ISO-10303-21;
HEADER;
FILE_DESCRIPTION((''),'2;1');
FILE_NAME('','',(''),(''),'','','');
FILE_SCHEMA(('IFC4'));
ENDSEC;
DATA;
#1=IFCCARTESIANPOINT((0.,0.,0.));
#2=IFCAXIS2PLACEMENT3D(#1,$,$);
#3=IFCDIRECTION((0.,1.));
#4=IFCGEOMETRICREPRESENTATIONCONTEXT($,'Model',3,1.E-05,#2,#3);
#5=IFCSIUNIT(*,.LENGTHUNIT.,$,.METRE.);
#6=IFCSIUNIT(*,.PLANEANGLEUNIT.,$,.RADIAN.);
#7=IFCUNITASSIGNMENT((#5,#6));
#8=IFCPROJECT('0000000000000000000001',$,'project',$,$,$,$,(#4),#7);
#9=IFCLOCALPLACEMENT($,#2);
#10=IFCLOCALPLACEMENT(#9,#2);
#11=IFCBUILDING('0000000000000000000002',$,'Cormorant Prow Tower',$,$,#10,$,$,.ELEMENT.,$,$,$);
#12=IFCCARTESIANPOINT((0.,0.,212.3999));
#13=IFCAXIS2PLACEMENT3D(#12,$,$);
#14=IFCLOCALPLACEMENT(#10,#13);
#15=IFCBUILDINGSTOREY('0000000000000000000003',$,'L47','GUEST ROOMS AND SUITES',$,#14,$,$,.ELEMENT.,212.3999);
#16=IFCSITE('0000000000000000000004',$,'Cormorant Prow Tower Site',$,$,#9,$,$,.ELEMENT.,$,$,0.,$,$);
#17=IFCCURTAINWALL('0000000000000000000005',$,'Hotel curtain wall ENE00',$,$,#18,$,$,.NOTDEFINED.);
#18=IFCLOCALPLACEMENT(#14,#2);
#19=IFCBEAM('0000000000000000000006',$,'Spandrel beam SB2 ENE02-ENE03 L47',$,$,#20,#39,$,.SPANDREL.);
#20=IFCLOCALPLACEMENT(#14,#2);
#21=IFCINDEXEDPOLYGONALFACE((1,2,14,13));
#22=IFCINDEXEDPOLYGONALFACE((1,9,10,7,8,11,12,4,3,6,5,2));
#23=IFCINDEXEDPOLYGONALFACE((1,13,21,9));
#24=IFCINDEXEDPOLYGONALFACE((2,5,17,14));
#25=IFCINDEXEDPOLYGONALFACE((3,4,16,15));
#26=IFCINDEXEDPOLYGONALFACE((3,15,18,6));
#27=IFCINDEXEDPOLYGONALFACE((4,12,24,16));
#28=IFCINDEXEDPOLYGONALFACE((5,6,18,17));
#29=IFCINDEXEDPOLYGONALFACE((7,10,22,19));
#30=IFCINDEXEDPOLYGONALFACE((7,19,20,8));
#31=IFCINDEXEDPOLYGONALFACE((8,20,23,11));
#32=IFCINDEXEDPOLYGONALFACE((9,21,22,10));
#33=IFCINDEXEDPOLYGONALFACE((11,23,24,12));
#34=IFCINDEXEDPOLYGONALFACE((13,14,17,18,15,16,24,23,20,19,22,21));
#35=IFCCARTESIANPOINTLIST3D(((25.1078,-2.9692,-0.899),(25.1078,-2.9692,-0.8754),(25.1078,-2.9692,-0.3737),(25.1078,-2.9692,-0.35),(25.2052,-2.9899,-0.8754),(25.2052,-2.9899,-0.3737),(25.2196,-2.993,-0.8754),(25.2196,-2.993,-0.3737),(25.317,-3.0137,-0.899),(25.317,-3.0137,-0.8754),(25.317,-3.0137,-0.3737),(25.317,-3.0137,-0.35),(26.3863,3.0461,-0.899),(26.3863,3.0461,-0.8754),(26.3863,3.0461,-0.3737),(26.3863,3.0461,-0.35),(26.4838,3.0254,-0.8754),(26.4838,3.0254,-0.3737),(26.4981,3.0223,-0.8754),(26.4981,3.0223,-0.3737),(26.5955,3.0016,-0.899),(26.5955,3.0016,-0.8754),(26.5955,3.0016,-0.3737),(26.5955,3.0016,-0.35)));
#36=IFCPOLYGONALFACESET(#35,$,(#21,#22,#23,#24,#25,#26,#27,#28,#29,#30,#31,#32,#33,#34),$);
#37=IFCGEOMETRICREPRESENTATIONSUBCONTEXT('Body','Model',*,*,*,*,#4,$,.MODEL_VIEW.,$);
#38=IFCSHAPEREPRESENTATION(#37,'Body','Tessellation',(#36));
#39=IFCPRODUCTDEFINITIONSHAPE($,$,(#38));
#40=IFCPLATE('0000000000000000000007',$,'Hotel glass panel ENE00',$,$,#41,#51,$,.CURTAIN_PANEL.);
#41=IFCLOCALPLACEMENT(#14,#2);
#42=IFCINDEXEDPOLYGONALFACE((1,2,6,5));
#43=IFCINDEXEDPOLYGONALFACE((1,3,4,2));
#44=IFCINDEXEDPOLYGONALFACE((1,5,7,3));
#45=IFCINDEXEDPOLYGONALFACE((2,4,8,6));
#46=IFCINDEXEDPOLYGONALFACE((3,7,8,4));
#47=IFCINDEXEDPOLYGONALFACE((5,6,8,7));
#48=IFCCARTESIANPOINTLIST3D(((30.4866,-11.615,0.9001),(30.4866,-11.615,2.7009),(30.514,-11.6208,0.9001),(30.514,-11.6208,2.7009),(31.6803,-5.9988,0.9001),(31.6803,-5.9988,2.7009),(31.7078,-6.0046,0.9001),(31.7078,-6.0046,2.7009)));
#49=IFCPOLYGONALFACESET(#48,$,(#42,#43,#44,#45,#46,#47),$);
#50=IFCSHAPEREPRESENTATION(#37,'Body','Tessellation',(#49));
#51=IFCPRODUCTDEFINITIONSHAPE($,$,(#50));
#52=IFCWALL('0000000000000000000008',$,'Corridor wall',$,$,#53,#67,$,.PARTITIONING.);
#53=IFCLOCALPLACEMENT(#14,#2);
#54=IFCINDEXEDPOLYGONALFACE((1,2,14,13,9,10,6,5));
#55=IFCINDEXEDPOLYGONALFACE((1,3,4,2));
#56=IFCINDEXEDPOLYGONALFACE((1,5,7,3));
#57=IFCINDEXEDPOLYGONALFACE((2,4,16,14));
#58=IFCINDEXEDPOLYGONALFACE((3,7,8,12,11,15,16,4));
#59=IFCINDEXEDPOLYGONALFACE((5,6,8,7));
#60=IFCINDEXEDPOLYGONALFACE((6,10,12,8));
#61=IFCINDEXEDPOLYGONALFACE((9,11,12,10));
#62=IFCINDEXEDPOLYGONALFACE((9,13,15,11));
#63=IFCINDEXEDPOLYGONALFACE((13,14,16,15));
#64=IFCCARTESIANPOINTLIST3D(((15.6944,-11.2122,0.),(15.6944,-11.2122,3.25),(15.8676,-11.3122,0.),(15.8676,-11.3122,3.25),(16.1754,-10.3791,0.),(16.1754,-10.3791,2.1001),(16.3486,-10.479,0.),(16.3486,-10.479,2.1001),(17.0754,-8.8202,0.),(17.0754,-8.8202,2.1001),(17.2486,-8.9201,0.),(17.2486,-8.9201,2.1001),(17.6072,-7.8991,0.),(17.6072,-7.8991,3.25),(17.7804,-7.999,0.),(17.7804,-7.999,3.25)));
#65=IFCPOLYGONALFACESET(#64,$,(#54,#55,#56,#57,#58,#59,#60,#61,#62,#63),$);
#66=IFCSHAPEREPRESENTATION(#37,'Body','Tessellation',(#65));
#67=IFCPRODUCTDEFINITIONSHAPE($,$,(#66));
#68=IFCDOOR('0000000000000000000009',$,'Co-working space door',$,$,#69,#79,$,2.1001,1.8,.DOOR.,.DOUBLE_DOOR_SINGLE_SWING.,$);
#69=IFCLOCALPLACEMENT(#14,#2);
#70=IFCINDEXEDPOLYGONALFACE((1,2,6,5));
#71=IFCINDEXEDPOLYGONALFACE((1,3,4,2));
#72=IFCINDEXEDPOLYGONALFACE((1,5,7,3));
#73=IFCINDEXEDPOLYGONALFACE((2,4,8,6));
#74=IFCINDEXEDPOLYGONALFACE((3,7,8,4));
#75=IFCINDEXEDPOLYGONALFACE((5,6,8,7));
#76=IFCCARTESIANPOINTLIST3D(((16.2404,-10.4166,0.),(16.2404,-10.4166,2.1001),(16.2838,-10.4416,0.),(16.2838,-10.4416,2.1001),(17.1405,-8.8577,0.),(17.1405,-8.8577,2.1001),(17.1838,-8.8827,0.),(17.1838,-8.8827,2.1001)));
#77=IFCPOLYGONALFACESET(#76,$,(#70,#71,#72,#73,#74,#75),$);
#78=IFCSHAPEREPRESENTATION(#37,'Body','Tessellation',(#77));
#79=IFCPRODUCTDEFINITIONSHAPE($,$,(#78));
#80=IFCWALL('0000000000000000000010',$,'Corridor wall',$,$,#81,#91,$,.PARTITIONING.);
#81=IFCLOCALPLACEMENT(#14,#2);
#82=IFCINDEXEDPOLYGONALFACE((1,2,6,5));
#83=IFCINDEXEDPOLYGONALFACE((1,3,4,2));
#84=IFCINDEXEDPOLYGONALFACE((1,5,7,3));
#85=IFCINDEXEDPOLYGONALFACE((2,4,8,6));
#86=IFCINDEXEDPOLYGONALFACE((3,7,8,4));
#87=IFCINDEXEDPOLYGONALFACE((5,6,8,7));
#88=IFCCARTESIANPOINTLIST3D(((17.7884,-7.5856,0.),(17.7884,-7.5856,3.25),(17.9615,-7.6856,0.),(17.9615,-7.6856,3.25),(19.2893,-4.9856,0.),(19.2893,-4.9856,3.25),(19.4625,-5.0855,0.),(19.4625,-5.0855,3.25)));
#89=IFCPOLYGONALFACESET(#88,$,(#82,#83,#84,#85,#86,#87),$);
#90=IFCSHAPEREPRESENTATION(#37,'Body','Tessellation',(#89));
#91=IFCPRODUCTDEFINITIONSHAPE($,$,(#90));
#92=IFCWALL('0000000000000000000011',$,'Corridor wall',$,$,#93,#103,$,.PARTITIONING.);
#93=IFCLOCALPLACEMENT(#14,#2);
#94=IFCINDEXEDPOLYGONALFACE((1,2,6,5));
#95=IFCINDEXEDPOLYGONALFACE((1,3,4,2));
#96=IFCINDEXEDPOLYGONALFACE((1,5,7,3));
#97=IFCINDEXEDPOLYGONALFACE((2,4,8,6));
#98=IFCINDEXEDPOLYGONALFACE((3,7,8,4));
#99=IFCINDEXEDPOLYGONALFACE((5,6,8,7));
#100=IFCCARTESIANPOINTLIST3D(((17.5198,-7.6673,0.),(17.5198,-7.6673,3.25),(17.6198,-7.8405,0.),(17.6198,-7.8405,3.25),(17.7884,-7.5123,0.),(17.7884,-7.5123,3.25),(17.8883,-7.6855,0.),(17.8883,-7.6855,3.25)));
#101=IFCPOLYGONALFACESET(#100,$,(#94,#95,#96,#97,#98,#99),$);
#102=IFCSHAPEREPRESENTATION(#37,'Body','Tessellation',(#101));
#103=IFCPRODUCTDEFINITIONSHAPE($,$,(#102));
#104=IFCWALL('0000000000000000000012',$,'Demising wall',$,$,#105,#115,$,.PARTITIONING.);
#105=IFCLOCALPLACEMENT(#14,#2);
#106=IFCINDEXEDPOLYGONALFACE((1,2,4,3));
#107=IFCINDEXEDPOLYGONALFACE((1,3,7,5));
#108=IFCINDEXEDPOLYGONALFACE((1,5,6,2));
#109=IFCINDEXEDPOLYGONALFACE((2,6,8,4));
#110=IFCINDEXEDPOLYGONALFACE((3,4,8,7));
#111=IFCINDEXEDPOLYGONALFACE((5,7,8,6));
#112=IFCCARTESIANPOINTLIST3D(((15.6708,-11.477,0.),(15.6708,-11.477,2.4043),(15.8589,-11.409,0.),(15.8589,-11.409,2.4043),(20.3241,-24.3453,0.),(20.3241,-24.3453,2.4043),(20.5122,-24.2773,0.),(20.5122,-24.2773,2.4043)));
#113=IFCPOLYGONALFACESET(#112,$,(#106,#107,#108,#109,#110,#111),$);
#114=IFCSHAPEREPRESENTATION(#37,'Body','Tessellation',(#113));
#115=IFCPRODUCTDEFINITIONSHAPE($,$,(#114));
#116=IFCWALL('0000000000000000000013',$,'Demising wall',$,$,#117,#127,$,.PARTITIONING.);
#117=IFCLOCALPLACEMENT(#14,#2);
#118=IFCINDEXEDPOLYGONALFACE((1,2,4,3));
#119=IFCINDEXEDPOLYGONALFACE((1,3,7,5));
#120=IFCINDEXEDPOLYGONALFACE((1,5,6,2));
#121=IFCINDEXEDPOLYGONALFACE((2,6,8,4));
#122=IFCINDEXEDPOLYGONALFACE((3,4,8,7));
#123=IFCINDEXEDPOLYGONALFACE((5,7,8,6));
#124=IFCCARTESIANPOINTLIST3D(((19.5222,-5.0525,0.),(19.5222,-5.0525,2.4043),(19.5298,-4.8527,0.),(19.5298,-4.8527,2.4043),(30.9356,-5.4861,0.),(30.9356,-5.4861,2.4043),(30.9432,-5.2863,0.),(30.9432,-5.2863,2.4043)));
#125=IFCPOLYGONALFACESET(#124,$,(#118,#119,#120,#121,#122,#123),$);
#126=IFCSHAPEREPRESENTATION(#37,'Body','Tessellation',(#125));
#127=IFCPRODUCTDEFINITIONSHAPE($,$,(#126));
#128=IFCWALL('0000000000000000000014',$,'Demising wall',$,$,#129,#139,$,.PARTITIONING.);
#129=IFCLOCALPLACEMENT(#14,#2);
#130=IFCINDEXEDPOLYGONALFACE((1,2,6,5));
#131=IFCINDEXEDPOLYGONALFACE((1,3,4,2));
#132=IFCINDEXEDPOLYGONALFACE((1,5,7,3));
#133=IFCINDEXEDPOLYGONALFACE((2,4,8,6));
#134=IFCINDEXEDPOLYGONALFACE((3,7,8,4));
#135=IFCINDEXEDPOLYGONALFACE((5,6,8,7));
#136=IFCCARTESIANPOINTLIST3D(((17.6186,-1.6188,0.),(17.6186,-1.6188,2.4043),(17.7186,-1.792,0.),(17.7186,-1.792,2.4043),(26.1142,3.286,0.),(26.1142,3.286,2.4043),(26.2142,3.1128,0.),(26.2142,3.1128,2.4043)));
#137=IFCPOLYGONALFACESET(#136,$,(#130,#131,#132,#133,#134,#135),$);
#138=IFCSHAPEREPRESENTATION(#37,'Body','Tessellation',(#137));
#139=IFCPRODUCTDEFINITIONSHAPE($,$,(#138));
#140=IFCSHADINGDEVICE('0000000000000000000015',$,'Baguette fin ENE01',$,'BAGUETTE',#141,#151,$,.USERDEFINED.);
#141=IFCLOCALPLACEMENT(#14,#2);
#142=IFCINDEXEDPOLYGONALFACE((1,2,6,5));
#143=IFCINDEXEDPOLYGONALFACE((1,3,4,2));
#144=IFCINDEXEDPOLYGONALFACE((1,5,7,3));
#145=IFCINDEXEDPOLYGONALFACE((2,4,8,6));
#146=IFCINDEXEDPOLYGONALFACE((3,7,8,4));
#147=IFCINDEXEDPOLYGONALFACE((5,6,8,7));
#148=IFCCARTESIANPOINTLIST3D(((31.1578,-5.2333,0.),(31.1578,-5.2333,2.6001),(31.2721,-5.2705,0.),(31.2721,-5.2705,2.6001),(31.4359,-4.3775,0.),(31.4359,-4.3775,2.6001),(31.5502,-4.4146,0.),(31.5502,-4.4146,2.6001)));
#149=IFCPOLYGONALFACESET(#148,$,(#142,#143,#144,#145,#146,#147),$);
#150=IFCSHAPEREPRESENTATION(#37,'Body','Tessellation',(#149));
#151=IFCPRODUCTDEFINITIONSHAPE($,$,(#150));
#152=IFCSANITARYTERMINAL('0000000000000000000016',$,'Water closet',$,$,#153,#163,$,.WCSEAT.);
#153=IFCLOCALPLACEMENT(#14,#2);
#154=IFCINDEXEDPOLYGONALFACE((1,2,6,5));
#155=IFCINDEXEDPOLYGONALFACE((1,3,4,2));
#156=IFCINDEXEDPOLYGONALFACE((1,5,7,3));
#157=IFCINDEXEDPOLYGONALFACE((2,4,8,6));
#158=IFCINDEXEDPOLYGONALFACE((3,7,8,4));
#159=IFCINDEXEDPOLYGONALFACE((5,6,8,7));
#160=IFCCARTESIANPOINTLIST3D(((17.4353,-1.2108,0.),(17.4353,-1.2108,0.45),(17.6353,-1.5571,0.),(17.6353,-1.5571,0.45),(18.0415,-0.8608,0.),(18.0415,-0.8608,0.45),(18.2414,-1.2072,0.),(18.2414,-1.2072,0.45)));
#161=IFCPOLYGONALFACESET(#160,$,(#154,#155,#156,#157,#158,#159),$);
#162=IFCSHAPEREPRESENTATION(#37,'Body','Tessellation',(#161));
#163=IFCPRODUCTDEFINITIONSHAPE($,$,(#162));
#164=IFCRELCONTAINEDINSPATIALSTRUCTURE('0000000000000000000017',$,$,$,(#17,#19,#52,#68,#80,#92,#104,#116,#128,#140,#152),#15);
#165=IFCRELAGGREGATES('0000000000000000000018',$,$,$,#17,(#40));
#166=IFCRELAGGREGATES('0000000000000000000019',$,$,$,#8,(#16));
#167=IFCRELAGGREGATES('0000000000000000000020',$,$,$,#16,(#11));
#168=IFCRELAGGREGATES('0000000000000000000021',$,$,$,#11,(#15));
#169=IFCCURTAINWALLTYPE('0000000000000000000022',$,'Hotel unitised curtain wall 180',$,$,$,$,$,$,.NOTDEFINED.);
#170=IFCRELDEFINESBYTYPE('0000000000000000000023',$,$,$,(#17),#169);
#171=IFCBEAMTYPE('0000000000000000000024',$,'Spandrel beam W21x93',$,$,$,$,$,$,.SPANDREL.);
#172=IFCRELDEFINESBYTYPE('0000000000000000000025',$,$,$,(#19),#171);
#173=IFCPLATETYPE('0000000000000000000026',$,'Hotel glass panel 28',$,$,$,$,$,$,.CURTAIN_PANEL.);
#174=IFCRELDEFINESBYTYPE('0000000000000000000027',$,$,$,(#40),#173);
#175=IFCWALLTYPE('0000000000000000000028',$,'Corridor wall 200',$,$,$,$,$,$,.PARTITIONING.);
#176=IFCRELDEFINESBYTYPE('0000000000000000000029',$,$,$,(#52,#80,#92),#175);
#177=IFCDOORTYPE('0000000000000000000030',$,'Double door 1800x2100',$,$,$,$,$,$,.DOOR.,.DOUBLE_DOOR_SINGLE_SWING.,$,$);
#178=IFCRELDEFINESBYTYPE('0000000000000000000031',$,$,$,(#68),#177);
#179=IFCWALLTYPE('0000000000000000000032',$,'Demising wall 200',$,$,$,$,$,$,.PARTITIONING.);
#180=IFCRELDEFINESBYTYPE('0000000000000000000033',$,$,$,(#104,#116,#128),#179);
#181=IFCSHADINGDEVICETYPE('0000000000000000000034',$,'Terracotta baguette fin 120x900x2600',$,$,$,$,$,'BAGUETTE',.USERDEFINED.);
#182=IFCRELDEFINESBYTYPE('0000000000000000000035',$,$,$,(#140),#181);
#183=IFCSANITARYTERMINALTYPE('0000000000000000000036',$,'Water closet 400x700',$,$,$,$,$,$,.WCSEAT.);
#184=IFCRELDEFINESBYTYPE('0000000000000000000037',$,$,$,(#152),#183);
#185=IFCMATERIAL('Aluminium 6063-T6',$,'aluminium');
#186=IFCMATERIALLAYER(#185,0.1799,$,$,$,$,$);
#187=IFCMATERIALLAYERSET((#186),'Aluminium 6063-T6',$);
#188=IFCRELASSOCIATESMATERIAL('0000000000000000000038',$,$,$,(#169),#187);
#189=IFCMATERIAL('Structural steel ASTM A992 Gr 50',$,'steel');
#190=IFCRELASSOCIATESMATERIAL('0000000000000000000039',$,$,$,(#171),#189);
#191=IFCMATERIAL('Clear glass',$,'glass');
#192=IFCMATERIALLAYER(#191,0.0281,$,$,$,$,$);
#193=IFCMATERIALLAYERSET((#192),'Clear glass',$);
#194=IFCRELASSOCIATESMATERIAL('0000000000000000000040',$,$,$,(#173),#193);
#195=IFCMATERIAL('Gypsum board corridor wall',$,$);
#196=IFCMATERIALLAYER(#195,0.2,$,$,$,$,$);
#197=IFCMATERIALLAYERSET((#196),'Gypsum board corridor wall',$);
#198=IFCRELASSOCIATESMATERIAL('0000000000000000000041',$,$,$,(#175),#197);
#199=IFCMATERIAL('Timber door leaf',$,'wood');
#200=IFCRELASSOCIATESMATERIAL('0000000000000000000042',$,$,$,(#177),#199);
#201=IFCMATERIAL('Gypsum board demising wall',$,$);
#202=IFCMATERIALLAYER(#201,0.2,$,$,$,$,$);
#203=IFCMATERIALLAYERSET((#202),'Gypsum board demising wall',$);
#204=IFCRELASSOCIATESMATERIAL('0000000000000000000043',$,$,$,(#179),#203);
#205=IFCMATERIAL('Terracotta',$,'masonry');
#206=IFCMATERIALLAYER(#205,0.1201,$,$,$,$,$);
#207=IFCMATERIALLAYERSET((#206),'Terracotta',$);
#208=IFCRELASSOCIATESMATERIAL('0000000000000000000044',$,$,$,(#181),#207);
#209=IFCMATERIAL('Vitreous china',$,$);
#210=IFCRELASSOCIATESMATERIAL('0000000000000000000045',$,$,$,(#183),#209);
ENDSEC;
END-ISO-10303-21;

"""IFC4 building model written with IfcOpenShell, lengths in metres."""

from ifc_helpers import new_model, si_unit, direction, frame, frame_2d, origin, origin_2d, place, context, subcontext, project, spatial, rectangle, i_section, extrude, material, layer, layer_set, material_profile, profile_set, type_object, element, fill, aggregate, save


model = new_model("IFC4")

# Units and contexts
model_context = context("Model", 3, precision=1e-05, world=origin(), true_north=direction((0.0, 1.0)))
body_context = subcontext(model_context, "Body", "Model", "MODEL_VIEW")
ifc_project = project(units=[si_unit("LENGTHUNIT", "METRE"), si_unit("PLANEANGLEUNIT", "RADIAN")], contexts=[model_context])

# Site, building, storey
site_placement = place(None, origin())
site = spatial("IfcSite", under=ifc_project, at=site_placement, Name="Cormorant Prow Tower Site", CompositionType="ELEMENT", RefElevation=0.0)
building_placement = place(site_placement, origin())
building = spatial("IfcBuilding", under=site, at=building_placement, Name="Cormorant Prow Tower", CompositionType="ELEMENT")
storey_placement = place(building_placement, frame((0.0, 0.0, 212.3999)))
storey = spatial("IfcBuildingStorey", under=building, at=storey_placement, Name="L47", Description="GUEST ROOMS AND SUITES", CompositionType="ELEMENT", Elevation=212.3999)

# Curtain wall
ifc_material_1 = material(Name="Aluminium 6063-T6", Category="aluminium")
ifc_layer_1 = layer(ifc_material_1, 0.1799)
ifc_layer_set_1 = layer_set([ifc_layer_1], Name="Aluminium 6063-T6")
curtain_wall_type = type_object("IfcCurtainWallType", Name="Hotel unitised curtain wall 180", PredefinedType="NOTDEFINED", material=ifc_layer_set_1)
curtain_wall_1_placement = place(storey_placement, origin())
curtain_wall_1 = element("IfcCurtainWall", 1, at=curtain_wall_1_placement, inside=storey, type_object=curtain_wall_type, Name="Hotel curtain wall ENE00", PredefinedType="NOTDEFINED")

# Beam
ifc_material_2 = material(Name="Structural steel ASTM A992 Gr 50", Category="steel")
ifc_material_profile_1 = material_profile(ifc_material_2, i_section(OverallWidth=0.2139, OverallDepth=0.5491, WebThickness=0.0146, FlangeThickness=0.0237, at=origin_2d()), Name="W21x93")
ifc_profile_set_1 = profile_set([ifc_material_profile_1], Name="Structural steel ASTM A992 Gr 50")
beam_type_1 = type_object("IfcBeamType", Name="Spandrel beam W21x93", PredefinedType="SPANDREL", material=ifc_profile_set_1)
beam_1_placement = place(storey_placement, frame((25.2124, -2.9915, -0.6245), z_axis=(0.207905, 0.978149, 0.0), x_axis=(-0.978149, 0.207905, 0.0)))
element("IfcBeam", 2, at=beam_1_placement, inside=storey, type_object=beam_type_1, Name="Spandrel beam SB2 ENE02-ENE03 L47", PredefinedType="SPANDREL", context=body_context, shape_type="SweptSolid", body=[
    extrude(i_section(OverallWidth=0.2139, OverallDepth=0.5491, WebThickness=0.0146, FlangeThickness=0.0237, at=origin_2d()), origin(), (0.0, 0.0, 1.0), 6.1497),
])

# Plate
ifc_material_3 = material(Name="Clear glass", Category="glass")
ifc_layer_2 = layer(ifc_material_3, 0.0281)
ifc_layer_set_2 = layer_set([ifc_layer_2], Name="Clear glass")
plate_type = type_object("IfcPlateType", Name="Hotel glass panel 28", PredefinedType="CURTAIN_PANEL", material=ifc_layer_set_2)
plate_placement = place(storey_placement, frame((31.0972, -8.8098, 0.9001), z_axis=(0.0, 0.0, 1.0), x_axis=(0.207912, 0.978148, 0.0)))
plate = element("IfcPlate", 3, at=plate_placement, type_object=plate_type, Name="Hotel glass panel ENE00", PredefinedType="CURTAIN_PANEL", context=body_context, shape_type="SweptSolid", body=[
    extrude(rectangle(XDim=5.7417, YDim=0.0281, at=origin_2d()), origin(), (0.0, 0.0, 1.0), 1.8008),
])
aggregate(curtain_wall_1, [plate])

# Wall, opening, door
ifc_material_4 = material(Name="Gypsum board corridor wall")
ifc_layer_3 = layer(ifc_material_4, 0.2)
ifc_layer_set_3 = layer_set([ifc_layer_3], Name="Gypsum board corridor wall")
wall_type_1 = type_object("IfcWallType", Name="Corridor wall 200", PredefinedType="PARTITIONING", material=ifc_layer_set_3)
wall_1_placement = place(storey_placement, frame((15.781, -11.2622, 0.0), z_axis=(0.0, 0.0, 1.0), x_axis=(0.499989, 0.866031, 0.0)))
wall_1 = element("IfcWall", 4, at=wall_1_placement, inside=storey, type_object=wall_type_1, Name="Corridor wall", PredefinedType="PARTITIONING", context=body_context, shape_type="SweptSolid", body=[
    extrude(rectangle(XDim=3.8257, YDim=0.2, at=frame_2d((1.9128, 0.0))), origin(), (0.0, 0.0, 1.0), 3.25),
])
opening_1_placement = place(wall_1_placement, frame((0.9622, 0.0, 0.0)))
opening_1 = element("IfcOpeningElement", 5, at=opening_1_placement, cuts=wall_1, PredefinedType="OPENING", context=body_context, shape_type="SweptSolid", body=[
    extrude(rectangle(XDim=1.8, YDim=2.1001, at=frame_2d((0.8999, 1.05))), frame((0.0, 0.1099, 0.0), z_axis=(0.0, -1.0, 0.0), x_axis=(1.0, 0.0, 0.0)), (0.0, 0.0, 1.0), 0.22),
])
ifc_material_5 = material(Name="Timber door leaf", Category="wood")
door_type_1 = type_object("IfcDoorType", Name="Double door 1800x2100", OperationType="DOUBLE_DOOR_SINGLE_SWING", PredefinedType="DOOR", material=ifc_material_5)
door_1_placement = place(opening_1_placement, origin())
door_1 = element("IfcDoor", 6, at=door_1_placement, inside=storey, type_object=door_type_1, Name="Co-working space door", OperationType="DOUBLE_DOOR_SINGLE_SWING", OverallHeight=2.1001, OverallWidth=1.8, PredefinedType="DOOR", context=body_context, shape_type="SweptSolid", body=[
    extrude(rectangle(XDim=1.8, YDim=2.1001, at=frame_2d((0.8999, 1.05))), frame((0.0, 0.0249, 0.0), z_axis=(0.0, -1.0, 0.0), x_axis=(1.0, 0.0, 0.0)), (0.0, 0.0, 1.0), 0.05),
])
fill(opening_1, door_1)

# Walls
wall_2_placement = place(storey_placement, frame((17.875, -7.6355, 0.0), z_axis=(0.0, 0.0, 1.0), x_axis=(0.499952, 0.866053, 0.0)))
element("IfcWall", 7, at=wall_2_placement, inside=storey, type_object=wall_type_1, Name="Corridor wall", PredefinedType="PARTITIONING", context=body_context, shape_type="SweptSolid", body=[
    extrude(rectangle(XDim=3.0022, YDim=0.2, at=frame_2d((1.501, 0.0))), origin(), (0.0, 0.0, 1.0), 3.25),
])
wall_3_placement = place(storey_placement, frame((17.5698, -7.7539, 0.0), z_axis=(0.0, 0.0, 1.0), x_axis=(0.866054, 0.49995, 0.0)))
element("IfcWall", 8, at=wall_3_placement, inside=storey, type_object=wall_type_1, Name="Corridor wall", PredefinedType="PARTITIONING", context=body_context, shape_type="SweptSolid", body=[
    extrude(rectangle(XDim=0.3101, YDim=0.2, at=frame_2d((0.155, 0.0))), origin(), (0.0, 0.0, 1.0), 3.25),
])
ifc_material_6 = material(Name="Gypsum board demising wall")
ifc_layer_4 = layer(ifc_material_6, 0.2)
ifc_layer_set_4 = layer_set([ifc_layer_4], Name="Gypsum board demising wall")
wall_type_2 = type_object("IfcWallType", Name="Demising wall 200", PredefinedType="PARTITIONING", material=ifc_layer_set_4)
wall_4_placement = place(storey_placement, frame((15.7649, -11.4431, 0.0), z_axis=(0.0, 0.0, 1.0), x_axis=(0.340058, -0.940405, 0.0)))
element("IfcWall", 9, at=wall_4_placement, inside=storey, type_object=wall_type_2, Name="Demising wall", PredefinedType="PARTITIONING", context=body_context, shape_type="SweptSolid", body=[
    extrude(rectangle(XDim=13.6838, YDim=0.2, at=frame_2d((6.8418, 0.0))), origin(), (0.0, 0.0, 1.0), 2.4043),
])
wall_5_placement = place(storey_placement, frame((19.5259, -4.9526, 0.0), z_axis=(0.0, 0.0, 1.0), x_axis=(0.999279, -0.037963, 0.0)))
element("IfcWall", 10, at=wall_5_placement, inside=storey, type_object=wall_type_2, Name="Demising wall", PredefinedType="PARTITIONING", context=body_context, shape_type="SweptSolid", body=[
    extrude(rectangle(XDim=11.4216, YDim=0.2, at=frame_2d((5.7109, 0.0))), origin(), (0.0, 0.0, 1.0), 2.4043),
])
wall_6_placement = place(storey_placement, frame((17.6687, -1.7053, 0.0), z_axis=(0.0, 0.0, 1.0), x_axis=(0.866032, 0.499988, 0.0)))
element("IfcWall", 11, at=wall_6_placement, inside=storey, type_object=wall_type_2, Name="Demising wall", PredefinedType="PARTITIONING", context=body_context, shape_type="SweptSolid", body=[
    extrude(rectangle(XDim=9.8098, YDim=0.2, at=frame_2d((4.9048, 0.0))), origin(), (0.0, 0.0, 1.0), 2.4043),
])

# Shading device
ifc_material_7 = material(Name="Terracotta", Category="masonry")
ifc_layer_5 = layer(ifc_material_7, 0.1201)
ifc_layer_set_5 = layer_set([ifc_layer_5], Name="Terracotta")
shading_device_type = type_object("IfcShadingDeviceType", Name="Terracotta baguette fin 120x900x2600", ElementType="BAGUETTE", PredefinedType="USERDEFINED", material=ifc_layer_set_5)
shading_device_placement = place(storey_placement, frame((31.354, -4.824, 0.0), z_axis=(0.0, 0.0, 1.0), x_axis=(-0.951057, 0.309017, 0.0)))
element("IfcShadingDevice", 12, at=shading_device_placement, inside=storey, type_object=shading_device_type, Name="Baguette fin ENE01", ObjectType="BAGUETTE", PredefinedType="USERDEFINED", context=body_context, shape_type="SweptSolid", body=[
    extrude(rectangle(XDim=0.1201, YDim=0.8999, at=origin_2d()), origin(), (0.0, 0.0, 1.0), 2.6001),
])

# Sanitary terminal
ifc_material_8 = material(Name="Vitreous china")
sanitary_terminal_type = type_object("IfcSanitaryTerminalType", Name="Water closet 400x700", PredefinedType="WCSEAT", material=ifc_material_8)
sanitary_terminal_placement = place(storey_placement, frame((17.8384, -1.209, 0.0), z_axis=(0.0, 0.0, 1.0), x_axis=(-0.5, 0.866025, 0.0)))
element("IfcSanitaryTerminal", 13, at=sanitary_terminal_placement, inside=storey, type_object=sanitary_terminal_type, Name="Water closet", PredefinedType="WCSEAT", context=body_context, shape_type="SweptSolid", body=[
    extrude(rectangle(XDim=0.3999, YDim=0.7, at=origin_2d()), origin(), (0.0, 0.0, 1.0), 0.45),
])

save(model, "model.ifc")
